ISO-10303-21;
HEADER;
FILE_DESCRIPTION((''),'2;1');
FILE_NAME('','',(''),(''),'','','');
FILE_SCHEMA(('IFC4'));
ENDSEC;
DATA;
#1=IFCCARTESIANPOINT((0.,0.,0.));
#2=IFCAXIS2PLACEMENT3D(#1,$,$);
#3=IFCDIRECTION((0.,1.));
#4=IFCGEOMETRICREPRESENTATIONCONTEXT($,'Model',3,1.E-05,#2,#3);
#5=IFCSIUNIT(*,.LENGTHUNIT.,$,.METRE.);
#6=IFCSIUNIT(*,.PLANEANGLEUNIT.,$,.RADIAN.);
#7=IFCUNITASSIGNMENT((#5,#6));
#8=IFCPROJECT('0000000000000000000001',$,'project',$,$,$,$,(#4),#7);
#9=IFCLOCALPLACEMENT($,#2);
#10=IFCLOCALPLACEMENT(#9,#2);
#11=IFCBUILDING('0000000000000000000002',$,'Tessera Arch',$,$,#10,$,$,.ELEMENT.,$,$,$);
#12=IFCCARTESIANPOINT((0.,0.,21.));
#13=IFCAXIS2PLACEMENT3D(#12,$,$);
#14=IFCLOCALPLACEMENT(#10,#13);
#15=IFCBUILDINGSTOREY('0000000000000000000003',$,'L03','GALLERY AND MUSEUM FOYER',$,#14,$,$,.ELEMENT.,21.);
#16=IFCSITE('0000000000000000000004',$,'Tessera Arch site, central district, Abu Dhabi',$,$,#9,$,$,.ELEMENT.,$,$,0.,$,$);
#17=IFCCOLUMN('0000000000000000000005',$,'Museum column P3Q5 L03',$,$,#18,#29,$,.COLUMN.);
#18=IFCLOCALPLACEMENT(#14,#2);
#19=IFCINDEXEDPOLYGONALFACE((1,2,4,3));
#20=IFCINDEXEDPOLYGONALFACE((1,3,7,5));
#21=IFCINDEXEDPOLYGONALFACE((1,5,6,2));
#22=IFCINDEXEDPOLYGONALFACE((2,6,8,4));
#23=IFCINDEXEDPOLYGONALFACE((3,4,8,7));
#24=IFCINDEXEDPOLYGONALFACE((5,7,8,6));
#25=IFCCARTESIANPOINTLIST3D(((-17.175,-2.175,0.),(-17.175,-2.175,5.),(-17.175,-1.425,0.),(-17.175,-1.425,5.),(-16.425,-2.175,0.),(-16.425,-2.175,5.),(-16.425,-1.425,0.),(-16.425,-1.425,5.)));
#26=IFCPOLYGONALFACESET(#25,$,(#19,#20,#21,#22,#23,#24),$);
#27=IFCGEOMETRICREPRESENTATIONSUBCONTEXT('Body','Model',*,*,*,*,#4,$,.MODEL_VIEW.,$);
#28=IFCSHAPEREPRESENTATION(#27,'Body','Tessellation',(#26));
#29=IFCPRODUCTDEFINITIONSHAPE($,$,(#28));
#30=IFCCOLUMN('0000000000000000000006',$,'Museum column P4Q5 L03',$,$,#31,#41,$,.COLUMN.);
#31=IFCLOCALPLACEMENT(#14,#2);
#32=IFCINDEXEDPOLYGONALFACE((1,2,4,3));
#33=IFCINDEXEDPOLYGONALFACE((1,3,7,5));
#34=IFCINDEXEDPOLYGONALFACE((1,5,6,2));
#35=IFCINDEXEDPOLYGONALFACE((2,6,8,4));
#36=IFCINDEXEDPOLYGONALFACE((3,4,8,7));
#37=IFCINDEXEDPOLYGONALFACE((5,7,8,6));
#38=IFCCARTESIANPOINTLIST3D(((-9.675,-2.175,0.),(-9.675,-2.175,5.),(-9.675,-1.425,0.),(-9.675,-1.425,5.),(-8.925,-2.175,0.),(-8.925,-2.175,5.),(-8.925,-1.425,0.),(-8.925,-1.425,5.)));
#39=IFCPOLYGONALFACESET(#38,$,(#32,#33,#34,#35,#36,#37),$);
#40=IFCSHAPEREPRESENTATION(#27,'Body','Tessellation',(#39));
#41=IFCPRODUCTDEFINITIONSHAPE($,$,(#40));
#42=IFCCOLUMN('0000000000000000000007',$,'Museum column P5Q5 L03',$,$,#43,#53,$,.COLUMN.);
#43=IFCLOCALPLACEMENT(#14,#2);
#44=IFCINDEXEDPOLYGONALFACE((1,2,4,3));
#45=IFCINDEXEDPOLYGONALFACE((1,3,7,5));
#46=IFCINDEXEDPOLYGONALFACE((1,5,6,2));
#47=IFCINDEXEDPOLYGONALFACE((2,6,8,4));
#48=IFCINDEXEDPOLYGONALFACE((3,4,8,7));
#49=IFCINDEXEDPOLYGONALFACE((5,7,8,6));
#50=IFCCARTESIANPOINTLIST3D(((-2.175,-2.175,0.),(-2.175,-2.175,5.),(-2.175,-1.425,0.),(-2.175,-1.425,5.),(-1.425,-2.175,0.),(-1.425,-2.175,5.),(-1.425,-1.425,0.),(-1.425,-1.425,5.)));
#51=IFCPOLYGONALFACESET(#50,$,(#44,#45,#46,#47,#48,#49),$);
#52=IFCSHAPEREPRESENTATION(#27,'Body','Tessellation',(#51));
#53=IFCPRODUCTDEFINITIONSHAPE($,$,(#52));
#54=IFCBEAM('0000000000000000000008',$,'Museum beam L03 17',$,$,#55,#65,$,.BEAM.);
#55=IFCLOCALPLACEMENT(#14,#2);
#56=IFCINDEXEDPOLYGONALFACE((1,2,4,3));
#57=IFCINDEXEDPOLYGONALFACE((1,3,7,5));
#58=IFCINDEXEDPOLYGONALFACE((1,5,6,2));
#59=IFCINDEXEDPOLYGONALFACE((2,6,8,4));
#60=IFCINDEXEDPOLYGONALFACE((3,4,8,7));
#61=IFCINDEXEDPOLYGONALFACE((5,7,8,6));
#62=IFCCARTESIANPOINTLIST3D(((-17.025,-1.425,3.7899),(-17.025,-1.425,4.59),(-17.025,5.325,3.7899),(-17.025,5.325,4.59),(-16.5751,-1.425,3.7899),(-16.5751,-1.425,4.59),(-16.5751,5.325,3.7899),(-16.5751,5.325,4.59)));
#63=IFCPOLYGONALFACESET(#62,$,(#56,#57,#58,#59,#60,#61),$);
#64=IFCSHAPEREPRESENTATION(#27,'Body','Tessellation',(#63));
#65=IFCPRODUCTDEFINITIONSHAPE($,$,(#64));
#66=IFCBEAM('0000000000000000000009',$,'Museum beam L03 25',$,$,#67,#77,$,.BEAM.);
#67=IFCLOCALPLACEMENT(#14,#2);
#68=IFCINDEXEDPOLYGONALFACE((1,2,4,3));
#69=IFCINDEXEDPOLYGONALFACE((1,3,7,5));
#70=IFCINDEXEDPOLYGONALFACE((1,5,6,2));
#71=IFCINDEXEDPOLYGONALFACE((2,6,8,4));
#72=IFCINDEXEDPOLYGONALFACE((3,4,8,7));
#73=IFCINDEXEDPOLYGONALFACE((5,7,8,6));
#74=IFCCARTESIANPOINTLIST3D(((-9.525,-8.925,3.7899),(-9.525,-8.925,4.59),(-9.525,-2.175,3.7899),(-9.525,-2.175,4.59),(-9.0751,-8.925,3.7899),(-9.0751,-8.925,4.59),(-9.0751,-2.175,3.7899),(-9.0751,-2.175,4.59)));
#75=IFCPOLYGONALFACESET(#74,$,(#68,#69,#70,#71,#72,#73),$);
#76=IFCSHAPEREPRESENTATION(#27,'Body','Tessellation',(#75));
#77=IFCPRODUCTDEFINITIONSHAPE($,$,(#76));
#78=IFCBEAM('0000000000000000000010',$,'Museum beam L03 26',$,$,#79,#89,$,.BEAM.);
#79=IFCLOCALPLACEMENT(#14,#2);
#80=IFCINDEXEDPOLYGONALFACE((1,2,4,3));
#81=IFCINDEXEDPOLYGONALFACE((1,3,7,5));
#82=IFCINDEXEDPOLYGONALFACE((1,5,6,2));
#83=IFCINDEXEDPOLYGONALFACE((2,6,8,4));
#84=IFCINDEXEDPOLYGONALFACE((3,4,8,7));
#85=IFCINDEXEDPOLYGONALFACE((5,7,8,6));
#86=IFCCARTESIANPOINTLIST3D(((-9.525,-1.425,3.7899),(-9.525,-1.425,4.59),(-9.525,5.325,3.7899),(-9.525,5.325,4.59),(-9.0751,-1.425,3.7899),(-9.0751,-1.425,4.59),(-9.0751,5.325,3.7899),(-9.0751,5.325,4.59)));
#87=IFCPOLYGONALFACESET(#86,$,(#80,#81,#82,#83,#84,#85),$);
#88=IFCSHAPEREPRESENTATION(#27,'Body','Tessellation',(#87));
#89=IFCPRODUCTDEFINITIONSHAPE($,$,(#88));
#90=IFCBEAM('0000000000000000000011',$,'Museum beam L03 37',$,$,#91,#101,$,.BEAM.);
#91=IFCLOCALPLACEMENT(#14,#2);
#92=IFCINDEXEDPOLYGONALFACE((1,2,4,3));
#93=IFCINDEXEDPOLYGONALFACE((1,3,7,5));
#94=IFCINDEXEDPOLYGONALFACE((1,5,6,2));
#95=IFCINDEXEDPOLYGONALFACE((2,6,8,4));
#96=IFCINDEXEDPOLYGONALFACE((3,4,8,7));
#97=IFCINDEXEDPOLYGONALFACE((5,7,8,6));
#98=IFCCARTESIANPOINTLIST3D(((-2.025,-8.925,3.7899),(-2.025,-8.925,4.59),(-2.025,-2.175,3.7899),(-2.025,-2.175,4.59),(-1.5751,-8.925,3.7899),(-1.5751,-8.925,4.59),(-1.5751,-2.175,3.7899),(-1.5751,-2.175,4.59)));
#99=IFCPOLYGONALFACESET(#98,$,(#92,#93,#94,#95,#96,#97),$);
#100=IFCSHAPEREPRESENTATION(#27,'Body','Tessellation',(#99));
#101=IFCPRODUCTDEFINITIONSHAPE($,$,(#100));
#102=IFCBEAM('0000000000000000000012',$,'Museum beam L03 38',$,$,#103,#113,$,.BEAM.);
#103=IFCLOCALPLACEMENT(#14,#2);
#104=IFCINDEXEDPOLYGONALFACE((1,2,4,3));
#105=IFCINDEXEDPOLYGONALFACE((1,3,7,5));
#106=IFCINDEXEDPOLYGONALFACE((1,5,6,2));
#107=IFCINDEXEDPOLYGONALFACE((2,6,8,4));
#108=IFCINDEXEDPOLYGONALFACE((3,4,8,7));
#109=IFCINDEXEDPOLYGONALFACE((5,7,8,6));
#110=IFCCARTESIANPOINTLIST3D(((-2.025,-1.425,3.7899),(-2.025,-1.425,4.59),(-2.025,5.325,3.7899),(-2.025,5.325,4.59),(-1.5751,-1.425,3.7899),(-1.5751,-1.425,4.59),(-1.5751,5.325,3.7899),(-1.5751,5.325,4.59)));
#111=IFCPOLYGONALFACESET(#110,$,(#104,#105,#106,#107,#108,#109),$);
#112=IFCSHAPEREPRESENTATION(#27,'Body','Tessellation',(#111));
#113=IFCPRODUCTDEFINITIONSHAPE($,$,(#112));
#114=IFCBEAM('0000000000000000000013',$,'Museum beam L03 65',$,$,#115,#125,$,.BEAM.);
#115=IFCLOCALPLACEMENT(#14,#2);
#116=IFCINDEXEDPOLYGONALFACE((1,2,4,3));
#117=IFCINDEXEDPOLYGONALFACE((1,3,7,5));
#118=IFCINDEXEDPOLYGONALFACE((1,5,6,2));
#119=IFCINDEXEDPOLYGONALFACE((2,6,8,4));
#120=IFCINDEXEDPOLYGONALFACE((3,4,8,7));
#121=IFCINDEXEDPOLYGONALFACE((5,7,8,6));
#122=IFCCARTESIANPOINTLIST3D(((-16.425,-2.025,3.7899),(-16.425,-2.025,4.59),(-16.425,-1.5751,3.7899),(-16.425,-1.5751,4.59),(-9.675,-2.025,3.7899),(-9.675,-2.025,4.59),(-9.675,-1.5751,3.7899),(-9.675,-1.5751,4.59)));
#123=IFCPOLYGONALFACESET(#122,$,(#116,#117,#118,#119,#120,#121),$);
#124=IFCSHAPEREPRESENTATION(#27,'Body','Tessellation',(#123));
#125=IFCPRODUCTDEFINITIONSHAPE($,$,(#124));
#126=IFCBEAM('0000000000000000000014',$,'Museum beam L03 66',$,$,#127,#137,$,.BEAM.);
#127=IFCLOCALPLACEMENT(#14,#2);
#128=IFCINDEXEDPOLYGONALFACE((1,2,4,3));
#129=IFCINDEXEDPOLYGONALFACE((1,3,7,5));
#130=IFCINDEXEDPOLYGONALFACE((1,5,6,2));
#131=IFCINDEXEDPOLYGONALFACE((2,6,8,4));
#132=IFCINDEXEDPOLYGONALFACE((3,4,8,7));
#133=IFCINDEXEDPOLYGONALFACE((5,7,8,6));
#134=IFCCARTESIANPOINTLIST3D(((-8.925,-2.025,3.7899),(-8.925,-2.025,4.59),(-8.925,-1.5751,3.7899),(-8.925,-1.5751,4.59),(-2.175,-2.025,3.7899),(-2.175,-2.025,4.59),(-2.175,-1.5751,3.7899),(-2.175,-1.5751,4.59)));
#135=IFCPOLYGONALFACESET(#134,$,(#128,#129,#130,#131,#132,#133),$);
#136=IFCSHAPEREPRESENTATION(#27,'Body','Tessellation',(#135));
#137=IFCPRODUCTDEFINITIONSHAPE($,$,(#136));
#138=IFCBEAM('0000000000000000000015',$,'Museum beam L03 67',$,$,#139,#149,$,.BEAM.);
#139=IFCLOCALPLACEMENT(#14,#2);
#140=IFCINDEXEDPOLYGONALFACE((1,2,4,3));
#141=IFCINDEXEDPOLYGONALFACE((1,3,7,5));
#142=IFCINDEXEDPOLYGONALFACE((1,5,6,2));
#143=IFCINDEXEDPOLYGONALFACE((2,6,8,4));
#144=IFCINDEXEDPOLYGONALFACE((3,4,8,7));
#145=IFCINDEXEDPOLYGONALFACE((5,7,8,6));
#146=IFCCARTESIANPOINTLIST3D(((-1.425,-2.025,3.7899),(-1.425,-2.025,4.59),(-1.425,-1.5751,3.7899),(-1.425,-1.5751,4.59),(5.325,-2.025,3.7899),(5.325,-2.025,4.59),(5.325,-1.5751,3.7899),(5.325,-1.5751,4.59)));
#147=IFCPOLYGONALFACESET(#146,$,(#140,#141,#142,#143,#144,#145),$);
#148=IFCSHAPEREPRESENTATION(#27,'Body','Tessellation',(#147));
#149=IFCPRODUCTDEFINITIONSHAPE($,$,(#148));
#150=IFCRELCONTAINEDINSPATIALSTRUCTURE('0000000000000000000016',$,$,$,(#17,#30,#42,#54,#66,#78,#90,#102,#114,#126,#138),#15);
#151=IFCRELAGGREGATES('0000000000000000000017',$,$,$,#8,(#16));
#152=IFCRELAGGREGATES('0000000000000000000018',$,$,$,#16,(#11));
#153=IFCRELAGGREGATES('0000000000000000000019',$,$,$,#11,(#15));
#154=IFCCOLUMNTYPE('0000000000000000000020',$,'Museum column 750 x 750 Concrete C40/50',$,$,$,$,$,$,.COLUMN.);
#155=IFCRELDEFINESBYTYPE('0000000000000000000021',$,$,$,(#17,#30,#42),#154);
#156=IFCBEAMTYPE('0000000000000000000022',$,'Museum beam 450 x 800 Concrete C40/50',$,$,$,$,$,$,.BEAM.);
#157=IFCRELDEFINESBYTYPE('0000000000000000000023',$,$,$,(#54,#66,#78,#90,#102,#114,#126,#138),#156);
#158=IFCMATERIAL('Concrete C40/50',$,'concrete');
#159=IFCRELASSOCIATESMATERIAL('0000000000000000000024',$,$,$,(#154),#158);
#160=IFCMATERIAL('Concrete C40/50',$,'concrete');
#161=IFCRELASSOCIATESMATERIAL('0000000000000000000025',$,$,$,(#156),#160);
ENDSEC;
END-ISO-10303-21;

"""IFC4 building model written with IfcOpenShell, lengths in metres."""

from ifc_helpers import new_model, si_unit, direction, frame, origin, origin_2d, place, context, subcontext, project, spatial, rectangle, extrude, material, material_profile, profile_set, type_object, element, save


model = new_model("IFC4")

# Units and contexts
model_context = context("Model", 3, precision=1e-05, world=origin(), true_north=direction((0.0, 1.0)))
body_context = subcontext(model_context, "Body", "Model", "MODEL_VIEW")
ifc_project = project(units=[si_unit("LENGTHUNIT", "METRE"), si_unit("PLANEANGLEUNIT", "RADIAN")], contexts=[model_context])

# Site, building, storey
site_placement = place(None, origin())
site = spatial("IfcSite", under=ifc_project, at=site_placement, Name="Tessera Arch site, central district, Abu Dhabi", CompositionType="ELEMENT", RefElevation=0.0)
building_placement = place(site_placement, origin())
building = spatial("IfcBuilding", under=site, at=building_placement, Name="Tessera Arch", CompositionType="ELEMENT")
storey_placement = place(building_placement, frame((0.0, 0.0, 21.0)))
storey = spatial("IfcBuildingStorey", under=building, at=storey_placement, Name="L03", Description="GALLERY AND MUSEUM FOYER", CompositionType="ELEMENT", Elevation=21.0)

# Columns
ifc_material_1 = material(Name="Concrete C40/50", Category="concrete")
ifc_material_profile_1 = material_profile(ifc_material_1, rectangle(XDim=0.75, YDim=0.75, at=origin_2d()), Name="Museum column 750 x 750 Concrete C40/50")
ifc_profile_set_1 = profile_set([ifc_material_profile_1], Name="Concrete C40/50")
column_type = type_object("IfcColumnType", Name="Museum column 750 x 750 Concrete C40/50", PredefinedType="COLUMN", material=ifc_profile_set_1)
for number, where, z_axis, x_axis, name in (
    (1, (-16.8, -1.8, 0.0), (0.0, 0.0, 1.0), (1.0, 0.0, 0.0), "Museum column P3Q5 L03"),
    (2, (-9.3, -1.8, 0.0), (0.0, 0.0, 1.0), (1.0, 0.0, 0.0), "Museum column P4Q5 L03"),
    (3, (-1.8, -1.8, 0.0), (0.0, 0.0, 1.0), (1.0, 0.0, 0.0), "Museum column P5Q5 L03"),
):
    element("IfcColumn", number, at=place(storey_placement, frame(where, z_axis=z_axis, x_axis=x_axis)), inside=storey, type_object=column_type, Name=name, PredefinedType="COLUMN", context=body_context, shape_type="SweptSolid", body=[
        extrude(rectangle(XDim=0.75, YDim=0.75, at=origin_2d()), origin(), (0.0, 0.0, 1.0), 5.0),
    ])

# Beams
ifc_material_2 = material(Name="Concrete C40/50", Category="concrete")
ifc_material_profile_2 = material_profile(ifc_material_2, rectangle(XDim=0.45, YDim=0.8, at=origin_2d()), Name="Museum beam 450 x 800 Concrete C40/50")
ifc_profile_set_2 = profile_set([ifc_material_profile_2], Name="Concrete C40/50")
beam_type = type_object("IfcBeamType", Name="Museum beam 450 x 800 Concrete C40/50", PredefinedType="BEAM", material=ifc_profile_set_2)
for number, where, z_axis, x_axis, name in (
    (4, (-16.8, -1.425, 4.1899), (0.0, 1.0, 0.0), (-1.0, 0.0, 0.0), "Museum beam L03 17"),
    (5, (-9.3, -8.925, 4.1899), (0.0, 1.0, 0.0), (-1.0, 0.0, 0.0), "Museum beam L03 25"),
    (6, (-9.3, -1.425, 4.1899), (0.0, 1.0, 0.0), (-1.0, 0.0, 0.0), "Museum beam L03 26"),
    (7, (-1.8, -8.925, 4.1899), (0.0, 1.0, 0.0), (-1.0, 0.0, 0.0), "Museum beam L03 37"),
    (8, (-1.8, -1.425, 4.1899), (0.0, 1.0, 0.0), (-1.0, 0.0, 0.0), "Museum beam L03 38"),
    (9, (-16.425, -1.8, 4.1899), (1.0, 0.0, 0.0), (0.0, 1.0, 0.0), "Museum beam L03 65"),
    (10, (-8.925, -1.8, 4.1899), (1.0, 0.0, 0.0), (0.0, 1.0, 0.0), "Museum beam L03 66"),
    (11, (-1.425, -1.8, 4.1899), (1.0, 0.0, 0.0), (0.0, 1.0, 0.0), "Museum beam L03 67"),
):
    element("IfcBeam", number, at=place(storey_placement, frame(where, z_axis=z_axis, x_axis=x_axis)), inside=storey, type_object=beam_type, Name=name, PredefinedType="BEAM", context=body_context, shape_type="SweptSolid", body=[
        extrude(rectangle(XDim=0.45, YDim=0.8, at=origin_2d()), origin(), (0.0, 0.0, 1.0), 6.75),
    ])

save(model, "model.ifc")
